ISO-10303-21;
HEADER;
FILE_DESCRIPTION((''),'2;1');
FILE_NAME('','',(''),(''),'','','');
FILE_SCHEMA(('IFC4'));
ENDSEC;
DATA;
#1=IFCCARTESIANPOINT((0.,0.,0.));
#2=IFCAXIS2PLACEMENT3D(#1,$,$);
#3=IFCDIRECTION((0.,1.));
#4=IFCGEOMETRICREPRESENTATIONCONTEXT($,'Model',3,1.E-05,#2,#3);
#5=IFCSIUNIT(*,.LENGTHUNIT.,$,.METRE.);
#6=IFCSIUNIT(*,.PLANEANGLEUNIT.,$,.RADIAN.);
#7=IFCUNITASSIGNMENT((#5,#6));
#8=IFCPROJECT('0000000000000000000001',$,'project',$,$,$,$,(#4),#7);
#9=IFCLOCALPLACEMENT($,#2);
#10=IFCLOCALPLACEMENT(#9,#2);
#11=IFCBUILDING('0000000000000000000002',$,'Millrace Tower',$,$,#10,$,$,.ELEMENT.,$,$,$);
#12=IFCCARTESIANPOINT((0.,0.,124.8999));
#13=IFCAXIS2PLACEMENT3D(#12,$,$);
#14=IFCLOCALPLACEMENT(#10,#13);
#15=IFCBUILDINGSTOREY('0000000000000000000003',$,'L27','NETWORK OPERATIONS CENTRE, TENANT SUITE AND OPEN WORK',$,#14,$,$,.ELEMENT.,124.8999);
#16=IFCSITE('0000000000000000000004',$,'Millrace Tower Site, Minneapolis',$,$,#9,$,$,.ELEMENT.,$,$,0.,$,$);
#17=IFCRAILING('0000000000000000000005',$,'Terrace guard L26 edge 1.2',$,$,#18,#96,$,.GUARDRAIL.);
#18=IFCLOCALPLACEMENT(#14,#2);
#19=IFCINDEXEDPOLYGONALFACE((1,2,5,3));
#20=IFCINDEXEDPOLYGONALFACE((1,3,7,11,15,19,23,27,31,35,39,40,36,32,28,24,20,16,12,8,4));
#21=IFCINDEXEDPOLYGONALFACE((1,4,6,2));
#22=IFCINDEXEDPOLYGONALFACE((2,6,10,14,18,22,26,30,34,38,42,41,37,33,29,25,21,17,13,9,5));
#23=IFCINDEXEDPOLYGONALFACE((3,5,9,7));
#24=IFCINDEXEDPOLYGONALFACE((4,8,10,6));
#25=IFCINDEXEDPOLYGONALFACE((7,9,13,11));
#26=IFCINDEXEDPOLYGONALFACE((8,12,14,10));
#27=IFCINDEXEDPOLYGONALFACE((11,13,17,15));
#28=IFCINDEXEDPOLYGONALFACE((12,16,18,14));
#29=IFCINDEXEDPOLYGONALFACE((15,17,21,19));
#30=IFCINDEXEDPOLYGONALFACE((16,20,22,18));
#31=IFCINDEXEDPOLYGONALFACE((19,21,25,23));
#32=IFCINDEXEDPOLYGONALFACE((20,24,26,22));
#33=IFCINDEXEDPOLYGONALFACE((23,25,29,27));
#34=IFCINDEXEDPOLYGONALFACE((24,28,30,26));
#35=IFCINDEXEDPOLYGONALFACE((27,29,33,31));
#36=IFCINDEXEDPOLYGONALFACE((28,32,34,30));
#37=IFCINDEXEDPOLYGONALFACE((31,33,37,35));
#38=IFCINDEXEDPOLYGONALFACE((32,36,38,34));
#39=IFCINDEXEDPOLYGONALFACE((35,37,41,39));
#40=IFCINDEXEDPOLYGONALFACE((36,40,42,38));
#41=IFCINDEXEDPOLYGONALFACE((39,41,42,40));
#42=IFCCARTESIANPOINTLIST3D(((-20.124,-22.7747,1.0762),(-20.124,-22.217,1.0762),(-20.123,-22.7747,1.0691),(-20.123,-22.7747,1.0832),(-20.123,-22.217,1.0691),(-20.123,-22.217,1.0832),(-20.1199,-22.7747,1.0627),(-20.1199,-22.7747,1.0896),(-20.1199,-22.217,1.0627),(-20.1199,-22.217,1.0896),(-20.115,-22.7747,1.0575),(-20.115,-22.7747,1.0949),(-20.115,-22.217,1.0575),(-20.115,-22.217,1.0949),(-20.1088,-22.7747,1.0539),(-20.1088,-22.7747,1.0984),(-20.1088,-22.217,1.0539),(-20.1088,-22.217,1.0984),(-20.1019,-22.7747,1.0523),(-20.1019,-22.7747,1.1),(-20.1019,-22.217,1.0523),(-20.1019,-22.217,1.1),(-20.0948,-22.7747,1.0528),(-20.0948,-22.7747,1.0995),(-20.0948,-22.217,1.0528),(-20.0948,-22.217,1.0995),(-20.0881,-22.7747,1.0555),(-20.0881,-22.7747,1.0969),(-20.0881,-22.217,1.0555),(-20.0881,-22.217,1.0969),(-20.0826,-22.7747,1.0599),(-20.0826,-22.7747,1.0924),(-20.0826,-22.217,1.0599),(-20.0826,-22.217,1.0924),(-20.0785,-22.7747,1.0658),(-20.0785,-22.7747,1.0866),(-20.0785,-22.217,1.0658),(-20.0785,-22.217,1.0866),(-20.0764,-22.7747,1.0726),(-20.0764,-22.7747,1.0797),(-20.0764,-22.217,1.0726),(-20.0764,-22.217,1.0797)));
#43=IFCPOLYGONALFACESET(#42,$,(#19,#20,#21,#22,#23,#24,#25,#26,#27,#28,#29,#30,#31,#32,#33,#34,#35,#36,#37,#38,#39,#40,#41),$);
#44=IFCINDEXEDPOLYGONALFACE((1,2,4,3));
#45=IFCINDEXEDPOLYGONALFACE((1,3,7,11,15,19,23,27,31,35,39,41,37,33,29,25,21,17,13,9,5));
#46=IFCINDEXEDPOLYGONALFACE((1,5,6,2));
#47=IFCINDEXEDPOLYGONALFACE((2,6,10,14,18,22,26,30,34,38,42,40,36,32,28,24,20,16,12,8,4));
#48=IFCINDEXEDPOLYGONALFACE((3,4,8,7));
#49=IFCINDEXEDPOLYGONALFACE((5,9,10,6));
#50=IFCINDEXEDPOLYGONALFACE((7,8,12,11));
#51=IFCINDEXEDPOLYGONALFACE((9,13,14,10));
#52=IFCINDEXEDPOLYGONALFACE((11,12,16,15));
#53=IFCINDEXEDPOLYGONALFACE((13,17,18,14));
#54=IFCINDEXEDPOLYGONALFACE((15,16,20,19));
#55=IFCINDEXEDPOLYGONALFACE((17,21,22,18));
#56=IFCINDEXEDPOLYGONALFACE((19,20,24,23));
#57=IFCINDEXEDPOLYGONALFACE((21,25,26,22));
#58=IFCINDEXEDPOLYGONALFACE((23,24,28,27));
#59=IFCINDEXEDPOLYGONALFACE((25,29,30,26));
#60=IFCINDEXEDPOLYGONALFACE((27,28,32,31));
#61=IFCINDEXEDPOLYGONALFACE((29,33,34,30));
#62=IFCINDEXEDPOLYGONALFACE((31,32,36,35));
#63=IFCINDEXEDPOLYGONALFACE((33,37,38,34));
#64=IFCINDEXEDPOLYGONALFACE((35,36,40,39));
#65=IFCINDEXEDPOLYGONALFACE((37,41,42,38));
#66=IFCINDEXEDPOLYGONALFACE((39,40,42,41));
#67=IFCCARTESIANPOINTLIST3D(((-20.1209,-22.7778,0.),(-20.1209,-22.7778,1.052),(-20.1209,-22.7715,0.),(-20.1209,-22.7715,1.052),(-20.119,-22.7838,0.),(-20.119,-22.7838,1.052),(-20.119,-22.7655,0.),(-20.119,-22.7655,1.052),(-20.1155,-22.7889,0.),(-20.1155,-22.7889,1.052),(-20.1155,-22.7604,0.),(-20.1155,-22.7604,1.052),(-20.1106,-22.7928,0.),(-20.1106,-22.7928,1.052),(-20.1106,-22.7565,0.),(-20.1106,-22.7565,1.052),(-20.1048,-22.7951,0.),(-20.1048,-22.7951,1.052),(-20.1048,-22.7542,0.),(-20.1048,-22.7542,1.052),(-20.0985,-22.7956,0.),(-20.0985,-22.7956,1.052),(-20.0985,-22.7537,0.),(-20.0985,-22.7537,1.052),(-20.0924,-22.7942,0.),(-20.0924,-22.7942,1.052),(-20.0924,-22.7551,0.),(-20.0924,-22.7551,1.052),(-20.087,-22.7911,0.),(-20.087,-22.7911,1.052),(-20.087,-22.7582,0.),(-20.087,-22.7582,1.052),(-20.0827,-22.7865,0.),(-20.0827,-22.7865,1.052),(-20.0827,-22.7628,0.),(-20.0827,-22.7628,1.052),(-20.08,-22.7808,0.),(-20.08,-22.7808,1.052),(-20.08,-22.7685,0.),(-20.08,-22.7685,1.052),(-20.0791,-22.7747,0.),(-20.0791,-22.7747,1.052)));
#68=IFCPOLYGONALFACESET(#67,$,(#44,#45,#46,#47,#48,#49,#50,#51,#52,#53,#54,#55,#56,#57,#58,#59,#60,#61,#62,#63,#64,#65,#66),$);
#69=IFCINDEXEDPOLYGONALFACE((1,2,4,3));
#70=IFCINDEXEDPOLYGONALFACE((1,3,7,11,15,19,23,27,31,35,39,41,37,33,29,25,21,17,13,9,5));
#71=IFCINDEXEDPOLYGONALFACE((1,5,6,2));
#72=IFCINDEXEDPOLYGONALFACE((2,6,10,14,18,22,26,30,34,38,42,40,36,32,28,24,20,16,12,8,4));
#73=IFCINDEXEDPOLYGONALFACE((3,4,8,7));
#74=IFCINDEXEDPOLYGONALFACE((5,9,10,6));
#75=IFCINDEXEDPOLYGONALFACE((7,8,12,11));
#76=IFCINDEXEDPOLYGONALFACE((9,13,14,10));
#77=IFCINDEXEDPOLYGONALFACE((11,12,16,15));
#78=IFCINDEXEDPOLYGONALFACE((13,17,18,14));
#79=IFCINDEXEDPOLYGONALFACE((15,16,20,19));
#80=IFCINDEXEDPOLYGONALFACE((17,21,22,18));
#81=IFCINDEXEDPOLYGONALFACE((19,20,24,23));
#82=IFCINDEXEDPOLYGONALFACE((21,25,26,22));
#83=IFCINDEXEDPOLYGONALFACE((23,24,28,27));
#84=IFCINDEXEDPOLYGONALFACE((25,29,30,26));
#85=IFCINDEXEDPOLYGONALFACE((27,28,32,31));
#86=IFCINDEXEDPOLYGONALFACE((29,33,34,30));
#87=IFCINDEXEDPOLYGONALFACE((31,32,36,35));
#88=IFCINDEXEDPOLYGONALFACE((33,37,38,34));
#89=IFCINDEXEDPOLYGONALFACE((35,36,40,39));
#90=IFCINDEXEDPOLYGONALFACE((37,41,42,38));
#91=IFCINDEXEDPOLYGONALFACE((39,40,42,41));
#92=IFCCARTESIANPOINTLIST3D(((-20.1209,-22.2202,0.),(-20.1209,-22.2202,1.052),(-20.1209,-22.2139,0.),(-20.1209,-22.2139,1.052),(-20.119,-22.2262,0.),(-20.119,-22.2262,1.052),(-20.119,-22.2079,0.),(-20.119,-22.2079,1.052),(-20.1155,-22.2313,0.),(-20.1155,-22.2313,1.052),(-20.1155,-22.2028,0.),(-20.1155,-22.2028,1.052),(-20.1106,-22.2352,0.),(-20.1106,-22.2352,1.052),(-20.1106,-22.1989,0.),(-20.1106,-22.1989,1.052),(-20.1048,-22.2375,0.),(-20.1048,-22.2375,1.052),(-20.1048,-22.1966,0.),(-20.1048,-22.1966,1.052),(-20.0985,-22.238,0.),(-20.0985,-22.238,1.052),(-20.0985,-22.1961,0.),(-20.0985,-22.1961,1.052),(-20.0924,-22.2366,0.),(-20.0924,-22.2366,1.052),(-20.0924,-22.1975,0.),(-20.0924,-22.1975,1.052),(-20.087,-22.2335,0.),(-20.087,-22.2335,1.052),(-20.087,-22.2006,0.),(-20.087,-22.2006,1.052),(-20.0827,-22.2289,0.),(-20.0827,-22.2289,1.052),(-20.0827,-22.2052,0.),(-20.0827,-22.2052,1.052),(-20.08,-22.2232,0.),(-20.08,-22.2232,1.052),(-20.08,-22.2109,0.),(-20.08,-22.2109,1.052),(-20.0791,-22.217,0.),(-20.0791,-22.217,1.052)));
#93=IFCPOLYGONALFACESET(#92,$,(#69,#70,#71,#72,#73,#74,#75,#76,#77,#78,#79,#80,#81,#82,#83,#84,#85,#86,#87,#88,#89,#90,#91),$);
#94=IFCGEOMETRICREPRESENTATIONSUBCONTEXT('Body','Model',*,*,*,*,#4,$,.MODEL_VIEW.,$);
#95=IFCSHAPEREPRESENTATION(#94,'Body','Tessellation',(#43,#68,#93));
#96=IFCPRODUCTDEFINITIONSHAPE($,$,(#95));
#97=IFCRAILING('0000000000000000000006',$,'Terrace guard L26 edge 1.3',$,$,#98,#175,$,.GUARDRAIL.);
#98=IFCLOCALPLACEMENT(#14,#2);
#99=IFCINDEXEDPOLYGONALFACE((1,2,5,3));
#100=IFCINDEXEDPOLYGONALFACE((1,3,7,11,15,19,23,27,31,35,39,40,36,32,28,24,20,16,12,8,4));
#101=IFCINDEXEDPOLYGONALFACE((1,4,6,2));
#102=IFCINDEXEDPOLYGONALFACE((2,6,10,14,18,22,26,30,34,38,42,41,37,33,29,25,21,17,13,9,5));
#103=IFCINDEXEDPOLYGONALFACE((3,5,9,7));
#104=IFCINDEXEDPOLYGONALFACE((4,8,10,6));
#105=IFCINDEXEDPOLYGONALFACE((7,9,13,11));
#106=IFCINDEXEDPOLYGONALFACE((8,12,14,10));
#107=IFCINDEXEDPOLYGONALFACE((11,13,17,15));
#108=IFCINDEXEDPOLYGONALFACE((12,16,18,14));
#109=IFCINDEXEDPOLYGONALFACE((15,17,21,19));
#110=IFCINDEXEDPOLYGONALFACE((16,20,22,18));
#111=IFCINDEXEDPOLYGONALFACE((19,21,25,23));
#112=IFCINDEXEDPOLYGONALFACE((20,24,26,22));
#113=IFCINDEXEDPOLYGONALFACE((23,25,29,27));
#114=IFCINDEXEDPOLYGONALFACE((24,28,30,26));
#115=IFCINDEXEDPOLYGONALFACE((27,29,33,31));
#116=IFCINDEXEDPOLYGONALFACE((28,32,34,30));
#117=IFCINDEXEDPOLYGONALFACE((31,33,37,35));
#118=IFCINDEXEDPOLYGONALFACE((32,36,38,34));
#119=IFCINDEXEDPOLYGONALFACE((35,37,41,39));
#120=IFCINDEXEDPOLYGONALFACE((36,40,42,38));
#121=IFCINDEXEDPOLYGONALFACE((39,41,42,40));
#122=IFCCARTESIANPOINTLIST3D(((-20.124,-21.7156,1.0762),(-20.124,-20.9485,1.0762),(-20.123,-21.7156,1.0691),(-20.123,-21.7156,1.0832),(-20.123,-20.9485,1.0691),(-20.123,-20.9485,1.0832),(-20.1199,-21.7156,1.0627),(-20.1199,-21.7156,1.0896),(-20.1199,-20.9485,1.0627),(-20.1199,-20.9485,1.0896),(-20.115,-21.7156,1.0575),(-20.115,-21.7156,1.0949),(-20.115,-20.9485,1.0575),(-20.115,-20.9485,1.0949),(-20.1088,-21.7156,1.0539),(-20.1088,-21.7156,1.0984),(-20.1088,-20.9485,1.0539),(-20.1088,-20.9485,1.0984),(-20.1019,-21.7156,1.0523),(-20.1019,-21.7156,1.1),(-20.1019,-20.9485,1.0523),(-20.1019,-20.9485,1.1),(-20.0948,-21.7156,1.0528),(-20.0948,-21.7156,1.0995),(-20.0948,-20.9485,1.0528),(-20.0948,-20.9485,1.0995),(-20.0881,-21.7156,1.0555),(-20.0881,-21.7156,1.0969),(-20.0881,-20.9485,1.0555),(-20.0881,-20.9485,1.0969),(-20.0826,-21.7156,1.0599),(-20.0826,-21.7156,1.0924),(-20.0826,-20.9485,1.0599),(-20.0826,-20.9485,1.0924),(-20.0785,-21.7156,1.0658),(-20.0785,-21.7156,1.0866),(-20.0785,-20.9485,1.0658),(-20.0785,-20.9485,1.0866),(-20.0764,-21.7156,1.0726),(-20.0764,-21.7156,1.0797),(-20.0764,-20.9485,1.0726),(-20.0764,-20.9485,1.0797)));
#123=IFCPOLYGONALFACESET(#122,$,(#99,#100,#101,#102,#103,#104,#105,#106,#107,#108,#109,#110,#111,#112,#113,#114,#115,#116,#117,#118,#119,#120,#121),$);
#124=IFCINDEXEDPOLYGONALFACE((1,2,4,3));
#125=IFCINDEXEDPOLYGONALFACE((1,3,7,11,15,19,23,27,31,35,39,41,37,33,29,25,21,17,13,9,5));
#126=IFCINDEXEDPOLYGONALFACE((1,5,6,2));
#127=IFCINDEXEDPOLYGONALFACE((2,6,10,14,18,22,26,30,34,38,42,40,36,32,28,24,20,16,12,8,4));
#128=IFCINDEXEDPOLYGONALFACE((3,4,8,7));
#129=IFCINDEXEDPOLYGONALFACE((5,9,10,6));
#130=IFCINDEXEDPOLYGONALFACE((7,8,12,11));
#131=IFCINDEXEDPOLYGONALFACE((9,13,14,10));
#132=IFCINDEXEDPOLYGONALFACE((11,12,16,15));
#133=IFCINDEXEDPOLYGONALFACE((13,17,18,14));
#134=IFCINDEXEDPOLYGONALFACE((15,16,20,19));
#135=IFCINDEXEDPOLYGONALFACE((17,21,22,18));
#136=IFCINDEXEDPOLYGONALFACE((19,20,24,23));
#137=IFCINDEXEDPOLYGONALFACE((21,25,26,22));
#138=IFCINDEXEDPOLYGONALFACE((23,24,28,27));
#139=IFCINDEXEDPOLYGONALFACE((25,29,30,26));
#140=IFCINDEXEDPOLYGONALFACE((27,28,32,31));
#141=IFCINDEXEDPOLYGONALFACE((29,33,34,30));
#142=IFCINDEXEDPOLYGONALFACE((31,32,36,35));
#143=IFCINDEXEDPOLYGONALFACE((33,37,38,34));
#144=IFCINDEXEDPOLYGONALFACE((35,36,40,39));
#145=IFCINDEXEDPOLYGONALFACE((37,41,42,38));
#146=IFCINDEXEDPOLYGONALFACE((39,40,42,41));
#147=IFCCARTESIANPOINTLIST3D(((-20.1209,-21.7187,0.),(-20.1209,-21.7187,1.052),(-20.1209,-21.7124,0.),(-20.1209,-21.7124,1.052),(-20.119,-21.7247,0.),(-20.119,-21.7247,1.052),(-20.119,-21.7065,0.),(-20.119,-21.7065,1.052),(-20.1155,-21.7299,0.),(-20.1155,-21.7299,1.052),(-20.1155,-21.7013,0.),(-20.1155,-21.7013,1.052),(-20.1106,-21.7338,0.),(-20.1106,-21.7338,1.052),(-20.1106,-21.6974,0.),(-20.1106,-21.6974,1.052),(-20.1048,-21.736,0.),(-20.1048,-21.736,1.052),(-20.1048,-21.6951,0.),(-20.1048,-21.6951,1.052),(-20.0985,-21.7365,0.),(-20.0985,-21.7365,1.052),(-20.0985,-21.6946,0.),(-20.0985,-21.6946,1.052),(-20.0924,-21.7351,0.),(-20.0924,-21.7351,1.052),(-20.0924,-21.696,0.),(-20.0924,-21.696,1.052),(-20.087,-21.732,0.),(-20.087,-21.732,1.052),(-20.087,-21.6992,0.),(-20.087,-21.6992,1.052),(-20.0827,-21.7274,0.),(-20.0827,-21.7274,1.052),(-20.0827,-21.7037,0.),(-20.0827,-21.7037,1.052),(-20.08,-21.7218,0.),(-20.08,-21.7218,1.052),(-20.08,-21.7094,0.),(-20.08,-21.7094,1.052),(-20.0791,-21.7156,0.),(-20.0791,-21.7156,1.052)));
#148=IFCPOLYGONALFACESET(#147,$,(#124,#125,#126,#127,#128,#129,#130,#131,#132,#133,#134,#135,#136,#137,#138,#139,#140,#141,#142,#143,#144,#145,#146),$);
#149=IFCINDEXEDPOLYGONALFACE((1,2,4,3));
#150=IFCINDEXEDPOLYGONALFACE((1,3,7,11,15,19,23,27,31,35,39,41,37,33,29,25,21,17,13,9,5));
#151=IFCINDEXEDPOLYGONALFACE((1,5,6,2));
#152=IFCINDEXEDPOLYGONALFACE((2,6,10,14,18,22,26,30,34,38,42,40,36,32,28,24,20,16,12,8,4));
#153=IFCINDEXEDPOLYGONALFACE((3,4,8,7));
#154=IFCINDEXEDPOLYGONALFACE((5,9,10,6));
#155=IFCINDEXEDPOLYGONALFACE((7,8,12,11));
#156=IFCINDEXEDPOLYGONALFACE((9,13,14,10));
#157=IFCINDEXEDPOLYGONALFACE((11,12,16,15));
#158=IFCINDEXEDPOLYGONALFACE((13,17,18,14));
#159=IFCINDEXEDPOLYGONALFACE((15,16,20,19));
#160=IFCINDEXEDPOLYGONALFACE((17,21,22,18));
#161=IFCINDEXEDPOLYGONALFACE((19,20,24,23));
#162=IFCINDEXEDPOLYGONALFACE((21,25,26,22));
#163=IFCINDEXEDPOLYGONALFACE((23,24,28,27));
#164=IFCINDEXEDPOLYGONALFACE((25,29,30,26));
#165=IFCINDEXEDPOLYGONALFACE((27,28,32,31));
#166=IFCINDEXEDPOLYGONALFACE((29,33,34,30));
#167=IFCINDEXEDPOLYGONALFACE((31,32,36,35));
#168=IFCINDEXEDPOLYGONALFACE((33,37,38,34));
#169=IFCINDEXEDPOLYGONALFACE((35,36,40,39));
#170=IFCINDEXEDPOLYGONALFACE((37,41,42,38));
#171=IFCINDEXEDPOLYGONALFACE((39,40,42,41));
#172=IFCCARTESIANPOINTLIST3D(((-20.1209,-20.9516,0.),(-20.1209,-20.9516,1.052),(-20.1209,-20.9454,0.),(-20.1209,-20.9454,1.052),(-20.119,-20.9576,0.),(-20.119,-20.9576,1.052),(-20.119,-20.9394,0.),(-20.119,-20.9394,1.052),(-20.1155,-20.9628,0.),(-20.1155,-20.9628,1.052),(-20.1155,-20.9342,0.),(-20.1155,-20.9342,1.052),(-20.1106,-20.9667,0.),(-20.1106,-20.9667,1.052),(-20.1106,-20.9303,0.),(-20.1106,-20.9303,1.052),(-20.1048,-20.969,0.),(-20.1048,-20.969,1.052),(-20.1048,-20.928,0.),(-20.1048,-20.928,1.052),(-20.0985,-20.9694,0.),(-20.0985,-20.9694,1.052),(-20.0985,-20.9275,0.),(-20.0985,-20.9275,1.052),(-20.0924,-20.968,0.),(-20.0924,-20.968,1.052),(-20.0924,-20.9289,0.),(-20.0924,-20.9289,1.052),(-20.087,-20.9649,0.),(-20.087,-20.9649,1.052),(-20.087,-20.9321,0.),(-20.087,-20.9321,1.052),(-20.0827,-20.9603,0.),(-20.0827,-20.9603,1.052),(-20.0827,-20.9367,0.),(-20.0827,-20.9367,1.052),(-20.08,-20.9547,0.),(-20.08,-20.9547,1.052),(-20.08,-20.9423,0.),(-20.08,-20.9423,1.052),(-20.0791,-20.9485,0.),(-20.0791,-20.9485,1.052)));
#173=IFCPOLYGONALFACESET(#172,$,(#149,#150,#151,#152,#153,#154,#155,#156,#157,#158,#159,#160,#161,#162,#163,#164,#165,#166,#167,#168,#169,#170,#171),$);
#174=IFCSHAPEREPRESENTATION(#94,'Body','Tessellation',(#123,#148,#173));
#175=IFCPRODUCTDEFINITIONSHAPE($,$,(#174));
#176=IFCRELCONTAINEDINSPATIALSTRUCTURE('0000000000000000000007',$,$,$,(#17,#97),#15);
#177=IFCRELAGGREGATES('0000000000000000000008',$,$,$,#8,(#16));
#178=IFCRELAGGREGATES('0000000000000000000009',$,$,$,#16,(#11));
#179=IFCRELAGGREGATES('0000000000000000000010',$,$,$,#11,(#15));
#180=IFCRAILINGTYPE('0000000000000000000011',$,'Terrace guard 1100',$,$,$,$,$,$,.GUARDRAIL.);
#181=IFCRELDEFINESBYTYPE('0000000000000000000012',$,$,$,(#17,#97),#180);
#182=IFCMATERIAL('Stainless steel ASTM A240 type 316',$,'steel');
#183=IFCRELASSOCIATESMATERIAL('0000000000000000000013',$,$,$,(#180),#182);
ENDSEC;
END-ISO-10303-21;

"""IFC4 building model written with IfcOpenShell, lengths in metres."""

from ifc_helpers import new_model, si_unit, direction, frame, origin, origin_2d, place, context, subcontext, project, spatial, circle, extrude, material, type_object, element, save


model = new_model("IFC4")

# Units and contexts
model_context = context("Model", 3, precision=1e-05, world=origin(), true_north=direction((0.0, 1.0)))
body_context = subcontext(model_context, "Body", "Model", "MODEL_VIEW")
ifc_project = project(units=[si_unit("LENGTHUNIT", "METRE"), si_unit("PLANEANGLEUNIT", "RADIAN")], contexts=[model_context])

# Site, building, storey
site_placement = place(None, origin())
site = spatial("IfcSite", under=ifc_project, at=site_placement, Name="Millrace Tower Site, Minneapolis", CompositionType="ELEMENT", RefElevation=0.0)
building_placement = place(site_placement, origin())
building = spatial("IfcBuilding", under=site, at=building_placement, Name="Millrace Tower", CompositionType="ELEMENT")
storey_placement = place(building_placement, frame((0.0, 0.0, 124.8999)))
storey = spatial("IfcBuildingStorey", under=building, at=storey_placement, Name="L27", Description="NETWORK OPERATIONS CENTRE, TENANT SUITE AND OPEN WORK", CompositionType="ELEMENT", Elevation=124.8999)

# Railings
ifc_material_1 = material(Name="Stainless steel ASTM A240 type 316", Category="steel")
railing_type = type_object("IfcRailingType", Name="Terrace guard 1100", PredefinedType="GUARDRAIL", material=ifc_material_1)
railing_1_placement = place(storey_placement, frame((-20.1001, -22.7747, 0.0)))
element("IfcRailing", 1, at=railing_1_placement, inside=storey, type_object=railing_type, Name="Terrace guard L26 edge 1.2", PredefinedType="GUARDRAIL", context=body_context, shape_type="SweptSolid", body=[
    extrude(circle(Radius=0.0239, at=origin_2d()), frame((0.0, 0.0, 1.0762), z_axis=(0.0, 1.0, 0.0), x_axis=(-1.0, 0.0, 0.0)), (0.0, 0.0, 1.0), 0.5576),
    extrude(circle(Radius=0.021, at=origin_2d()), origin(), (0.0, 0.0, 1.0), 1.052),
    extrude(circle(Radius=0.021, at=origin_2d()), frame((0.0, 0.5576, 0.0)), (0.0, 0.0, 1.0), 1.052),
])
railing_2_placement = place(storey_placement, frame((-20.1001, -21.7156, 0.0)))
element("IfcRailing", 2, at=railing_2_placement, inside=storey, type_object=railing_type, Name="Terrace guard L26 edge 1.3", PredefinedType="GUARDRAIL", context=body_context, shape_type="SweptSolid", body=[
    extrude(circle(Radius=0.0239, at=origin_2d()), frame((0.0, 0.0, 1.0762), z_axis=(0.0, 1.0, 0.0), x_axis=(-1.0, 0.0, 0.0)), (0.0, 0.0, 1.0), 0.7671),
    extrude(circle(Radius=0.021, at=origin_2d()), origin(), (0.0, 0.0, 1.0), 1.052),
    extrude(circle(Radius=0.021, at=origin_2d()), frame((0.0, 0.7671, 0.0)), (0.0, 0.0, 1.0), 1.052),
])

save(model, "model.ifc")
